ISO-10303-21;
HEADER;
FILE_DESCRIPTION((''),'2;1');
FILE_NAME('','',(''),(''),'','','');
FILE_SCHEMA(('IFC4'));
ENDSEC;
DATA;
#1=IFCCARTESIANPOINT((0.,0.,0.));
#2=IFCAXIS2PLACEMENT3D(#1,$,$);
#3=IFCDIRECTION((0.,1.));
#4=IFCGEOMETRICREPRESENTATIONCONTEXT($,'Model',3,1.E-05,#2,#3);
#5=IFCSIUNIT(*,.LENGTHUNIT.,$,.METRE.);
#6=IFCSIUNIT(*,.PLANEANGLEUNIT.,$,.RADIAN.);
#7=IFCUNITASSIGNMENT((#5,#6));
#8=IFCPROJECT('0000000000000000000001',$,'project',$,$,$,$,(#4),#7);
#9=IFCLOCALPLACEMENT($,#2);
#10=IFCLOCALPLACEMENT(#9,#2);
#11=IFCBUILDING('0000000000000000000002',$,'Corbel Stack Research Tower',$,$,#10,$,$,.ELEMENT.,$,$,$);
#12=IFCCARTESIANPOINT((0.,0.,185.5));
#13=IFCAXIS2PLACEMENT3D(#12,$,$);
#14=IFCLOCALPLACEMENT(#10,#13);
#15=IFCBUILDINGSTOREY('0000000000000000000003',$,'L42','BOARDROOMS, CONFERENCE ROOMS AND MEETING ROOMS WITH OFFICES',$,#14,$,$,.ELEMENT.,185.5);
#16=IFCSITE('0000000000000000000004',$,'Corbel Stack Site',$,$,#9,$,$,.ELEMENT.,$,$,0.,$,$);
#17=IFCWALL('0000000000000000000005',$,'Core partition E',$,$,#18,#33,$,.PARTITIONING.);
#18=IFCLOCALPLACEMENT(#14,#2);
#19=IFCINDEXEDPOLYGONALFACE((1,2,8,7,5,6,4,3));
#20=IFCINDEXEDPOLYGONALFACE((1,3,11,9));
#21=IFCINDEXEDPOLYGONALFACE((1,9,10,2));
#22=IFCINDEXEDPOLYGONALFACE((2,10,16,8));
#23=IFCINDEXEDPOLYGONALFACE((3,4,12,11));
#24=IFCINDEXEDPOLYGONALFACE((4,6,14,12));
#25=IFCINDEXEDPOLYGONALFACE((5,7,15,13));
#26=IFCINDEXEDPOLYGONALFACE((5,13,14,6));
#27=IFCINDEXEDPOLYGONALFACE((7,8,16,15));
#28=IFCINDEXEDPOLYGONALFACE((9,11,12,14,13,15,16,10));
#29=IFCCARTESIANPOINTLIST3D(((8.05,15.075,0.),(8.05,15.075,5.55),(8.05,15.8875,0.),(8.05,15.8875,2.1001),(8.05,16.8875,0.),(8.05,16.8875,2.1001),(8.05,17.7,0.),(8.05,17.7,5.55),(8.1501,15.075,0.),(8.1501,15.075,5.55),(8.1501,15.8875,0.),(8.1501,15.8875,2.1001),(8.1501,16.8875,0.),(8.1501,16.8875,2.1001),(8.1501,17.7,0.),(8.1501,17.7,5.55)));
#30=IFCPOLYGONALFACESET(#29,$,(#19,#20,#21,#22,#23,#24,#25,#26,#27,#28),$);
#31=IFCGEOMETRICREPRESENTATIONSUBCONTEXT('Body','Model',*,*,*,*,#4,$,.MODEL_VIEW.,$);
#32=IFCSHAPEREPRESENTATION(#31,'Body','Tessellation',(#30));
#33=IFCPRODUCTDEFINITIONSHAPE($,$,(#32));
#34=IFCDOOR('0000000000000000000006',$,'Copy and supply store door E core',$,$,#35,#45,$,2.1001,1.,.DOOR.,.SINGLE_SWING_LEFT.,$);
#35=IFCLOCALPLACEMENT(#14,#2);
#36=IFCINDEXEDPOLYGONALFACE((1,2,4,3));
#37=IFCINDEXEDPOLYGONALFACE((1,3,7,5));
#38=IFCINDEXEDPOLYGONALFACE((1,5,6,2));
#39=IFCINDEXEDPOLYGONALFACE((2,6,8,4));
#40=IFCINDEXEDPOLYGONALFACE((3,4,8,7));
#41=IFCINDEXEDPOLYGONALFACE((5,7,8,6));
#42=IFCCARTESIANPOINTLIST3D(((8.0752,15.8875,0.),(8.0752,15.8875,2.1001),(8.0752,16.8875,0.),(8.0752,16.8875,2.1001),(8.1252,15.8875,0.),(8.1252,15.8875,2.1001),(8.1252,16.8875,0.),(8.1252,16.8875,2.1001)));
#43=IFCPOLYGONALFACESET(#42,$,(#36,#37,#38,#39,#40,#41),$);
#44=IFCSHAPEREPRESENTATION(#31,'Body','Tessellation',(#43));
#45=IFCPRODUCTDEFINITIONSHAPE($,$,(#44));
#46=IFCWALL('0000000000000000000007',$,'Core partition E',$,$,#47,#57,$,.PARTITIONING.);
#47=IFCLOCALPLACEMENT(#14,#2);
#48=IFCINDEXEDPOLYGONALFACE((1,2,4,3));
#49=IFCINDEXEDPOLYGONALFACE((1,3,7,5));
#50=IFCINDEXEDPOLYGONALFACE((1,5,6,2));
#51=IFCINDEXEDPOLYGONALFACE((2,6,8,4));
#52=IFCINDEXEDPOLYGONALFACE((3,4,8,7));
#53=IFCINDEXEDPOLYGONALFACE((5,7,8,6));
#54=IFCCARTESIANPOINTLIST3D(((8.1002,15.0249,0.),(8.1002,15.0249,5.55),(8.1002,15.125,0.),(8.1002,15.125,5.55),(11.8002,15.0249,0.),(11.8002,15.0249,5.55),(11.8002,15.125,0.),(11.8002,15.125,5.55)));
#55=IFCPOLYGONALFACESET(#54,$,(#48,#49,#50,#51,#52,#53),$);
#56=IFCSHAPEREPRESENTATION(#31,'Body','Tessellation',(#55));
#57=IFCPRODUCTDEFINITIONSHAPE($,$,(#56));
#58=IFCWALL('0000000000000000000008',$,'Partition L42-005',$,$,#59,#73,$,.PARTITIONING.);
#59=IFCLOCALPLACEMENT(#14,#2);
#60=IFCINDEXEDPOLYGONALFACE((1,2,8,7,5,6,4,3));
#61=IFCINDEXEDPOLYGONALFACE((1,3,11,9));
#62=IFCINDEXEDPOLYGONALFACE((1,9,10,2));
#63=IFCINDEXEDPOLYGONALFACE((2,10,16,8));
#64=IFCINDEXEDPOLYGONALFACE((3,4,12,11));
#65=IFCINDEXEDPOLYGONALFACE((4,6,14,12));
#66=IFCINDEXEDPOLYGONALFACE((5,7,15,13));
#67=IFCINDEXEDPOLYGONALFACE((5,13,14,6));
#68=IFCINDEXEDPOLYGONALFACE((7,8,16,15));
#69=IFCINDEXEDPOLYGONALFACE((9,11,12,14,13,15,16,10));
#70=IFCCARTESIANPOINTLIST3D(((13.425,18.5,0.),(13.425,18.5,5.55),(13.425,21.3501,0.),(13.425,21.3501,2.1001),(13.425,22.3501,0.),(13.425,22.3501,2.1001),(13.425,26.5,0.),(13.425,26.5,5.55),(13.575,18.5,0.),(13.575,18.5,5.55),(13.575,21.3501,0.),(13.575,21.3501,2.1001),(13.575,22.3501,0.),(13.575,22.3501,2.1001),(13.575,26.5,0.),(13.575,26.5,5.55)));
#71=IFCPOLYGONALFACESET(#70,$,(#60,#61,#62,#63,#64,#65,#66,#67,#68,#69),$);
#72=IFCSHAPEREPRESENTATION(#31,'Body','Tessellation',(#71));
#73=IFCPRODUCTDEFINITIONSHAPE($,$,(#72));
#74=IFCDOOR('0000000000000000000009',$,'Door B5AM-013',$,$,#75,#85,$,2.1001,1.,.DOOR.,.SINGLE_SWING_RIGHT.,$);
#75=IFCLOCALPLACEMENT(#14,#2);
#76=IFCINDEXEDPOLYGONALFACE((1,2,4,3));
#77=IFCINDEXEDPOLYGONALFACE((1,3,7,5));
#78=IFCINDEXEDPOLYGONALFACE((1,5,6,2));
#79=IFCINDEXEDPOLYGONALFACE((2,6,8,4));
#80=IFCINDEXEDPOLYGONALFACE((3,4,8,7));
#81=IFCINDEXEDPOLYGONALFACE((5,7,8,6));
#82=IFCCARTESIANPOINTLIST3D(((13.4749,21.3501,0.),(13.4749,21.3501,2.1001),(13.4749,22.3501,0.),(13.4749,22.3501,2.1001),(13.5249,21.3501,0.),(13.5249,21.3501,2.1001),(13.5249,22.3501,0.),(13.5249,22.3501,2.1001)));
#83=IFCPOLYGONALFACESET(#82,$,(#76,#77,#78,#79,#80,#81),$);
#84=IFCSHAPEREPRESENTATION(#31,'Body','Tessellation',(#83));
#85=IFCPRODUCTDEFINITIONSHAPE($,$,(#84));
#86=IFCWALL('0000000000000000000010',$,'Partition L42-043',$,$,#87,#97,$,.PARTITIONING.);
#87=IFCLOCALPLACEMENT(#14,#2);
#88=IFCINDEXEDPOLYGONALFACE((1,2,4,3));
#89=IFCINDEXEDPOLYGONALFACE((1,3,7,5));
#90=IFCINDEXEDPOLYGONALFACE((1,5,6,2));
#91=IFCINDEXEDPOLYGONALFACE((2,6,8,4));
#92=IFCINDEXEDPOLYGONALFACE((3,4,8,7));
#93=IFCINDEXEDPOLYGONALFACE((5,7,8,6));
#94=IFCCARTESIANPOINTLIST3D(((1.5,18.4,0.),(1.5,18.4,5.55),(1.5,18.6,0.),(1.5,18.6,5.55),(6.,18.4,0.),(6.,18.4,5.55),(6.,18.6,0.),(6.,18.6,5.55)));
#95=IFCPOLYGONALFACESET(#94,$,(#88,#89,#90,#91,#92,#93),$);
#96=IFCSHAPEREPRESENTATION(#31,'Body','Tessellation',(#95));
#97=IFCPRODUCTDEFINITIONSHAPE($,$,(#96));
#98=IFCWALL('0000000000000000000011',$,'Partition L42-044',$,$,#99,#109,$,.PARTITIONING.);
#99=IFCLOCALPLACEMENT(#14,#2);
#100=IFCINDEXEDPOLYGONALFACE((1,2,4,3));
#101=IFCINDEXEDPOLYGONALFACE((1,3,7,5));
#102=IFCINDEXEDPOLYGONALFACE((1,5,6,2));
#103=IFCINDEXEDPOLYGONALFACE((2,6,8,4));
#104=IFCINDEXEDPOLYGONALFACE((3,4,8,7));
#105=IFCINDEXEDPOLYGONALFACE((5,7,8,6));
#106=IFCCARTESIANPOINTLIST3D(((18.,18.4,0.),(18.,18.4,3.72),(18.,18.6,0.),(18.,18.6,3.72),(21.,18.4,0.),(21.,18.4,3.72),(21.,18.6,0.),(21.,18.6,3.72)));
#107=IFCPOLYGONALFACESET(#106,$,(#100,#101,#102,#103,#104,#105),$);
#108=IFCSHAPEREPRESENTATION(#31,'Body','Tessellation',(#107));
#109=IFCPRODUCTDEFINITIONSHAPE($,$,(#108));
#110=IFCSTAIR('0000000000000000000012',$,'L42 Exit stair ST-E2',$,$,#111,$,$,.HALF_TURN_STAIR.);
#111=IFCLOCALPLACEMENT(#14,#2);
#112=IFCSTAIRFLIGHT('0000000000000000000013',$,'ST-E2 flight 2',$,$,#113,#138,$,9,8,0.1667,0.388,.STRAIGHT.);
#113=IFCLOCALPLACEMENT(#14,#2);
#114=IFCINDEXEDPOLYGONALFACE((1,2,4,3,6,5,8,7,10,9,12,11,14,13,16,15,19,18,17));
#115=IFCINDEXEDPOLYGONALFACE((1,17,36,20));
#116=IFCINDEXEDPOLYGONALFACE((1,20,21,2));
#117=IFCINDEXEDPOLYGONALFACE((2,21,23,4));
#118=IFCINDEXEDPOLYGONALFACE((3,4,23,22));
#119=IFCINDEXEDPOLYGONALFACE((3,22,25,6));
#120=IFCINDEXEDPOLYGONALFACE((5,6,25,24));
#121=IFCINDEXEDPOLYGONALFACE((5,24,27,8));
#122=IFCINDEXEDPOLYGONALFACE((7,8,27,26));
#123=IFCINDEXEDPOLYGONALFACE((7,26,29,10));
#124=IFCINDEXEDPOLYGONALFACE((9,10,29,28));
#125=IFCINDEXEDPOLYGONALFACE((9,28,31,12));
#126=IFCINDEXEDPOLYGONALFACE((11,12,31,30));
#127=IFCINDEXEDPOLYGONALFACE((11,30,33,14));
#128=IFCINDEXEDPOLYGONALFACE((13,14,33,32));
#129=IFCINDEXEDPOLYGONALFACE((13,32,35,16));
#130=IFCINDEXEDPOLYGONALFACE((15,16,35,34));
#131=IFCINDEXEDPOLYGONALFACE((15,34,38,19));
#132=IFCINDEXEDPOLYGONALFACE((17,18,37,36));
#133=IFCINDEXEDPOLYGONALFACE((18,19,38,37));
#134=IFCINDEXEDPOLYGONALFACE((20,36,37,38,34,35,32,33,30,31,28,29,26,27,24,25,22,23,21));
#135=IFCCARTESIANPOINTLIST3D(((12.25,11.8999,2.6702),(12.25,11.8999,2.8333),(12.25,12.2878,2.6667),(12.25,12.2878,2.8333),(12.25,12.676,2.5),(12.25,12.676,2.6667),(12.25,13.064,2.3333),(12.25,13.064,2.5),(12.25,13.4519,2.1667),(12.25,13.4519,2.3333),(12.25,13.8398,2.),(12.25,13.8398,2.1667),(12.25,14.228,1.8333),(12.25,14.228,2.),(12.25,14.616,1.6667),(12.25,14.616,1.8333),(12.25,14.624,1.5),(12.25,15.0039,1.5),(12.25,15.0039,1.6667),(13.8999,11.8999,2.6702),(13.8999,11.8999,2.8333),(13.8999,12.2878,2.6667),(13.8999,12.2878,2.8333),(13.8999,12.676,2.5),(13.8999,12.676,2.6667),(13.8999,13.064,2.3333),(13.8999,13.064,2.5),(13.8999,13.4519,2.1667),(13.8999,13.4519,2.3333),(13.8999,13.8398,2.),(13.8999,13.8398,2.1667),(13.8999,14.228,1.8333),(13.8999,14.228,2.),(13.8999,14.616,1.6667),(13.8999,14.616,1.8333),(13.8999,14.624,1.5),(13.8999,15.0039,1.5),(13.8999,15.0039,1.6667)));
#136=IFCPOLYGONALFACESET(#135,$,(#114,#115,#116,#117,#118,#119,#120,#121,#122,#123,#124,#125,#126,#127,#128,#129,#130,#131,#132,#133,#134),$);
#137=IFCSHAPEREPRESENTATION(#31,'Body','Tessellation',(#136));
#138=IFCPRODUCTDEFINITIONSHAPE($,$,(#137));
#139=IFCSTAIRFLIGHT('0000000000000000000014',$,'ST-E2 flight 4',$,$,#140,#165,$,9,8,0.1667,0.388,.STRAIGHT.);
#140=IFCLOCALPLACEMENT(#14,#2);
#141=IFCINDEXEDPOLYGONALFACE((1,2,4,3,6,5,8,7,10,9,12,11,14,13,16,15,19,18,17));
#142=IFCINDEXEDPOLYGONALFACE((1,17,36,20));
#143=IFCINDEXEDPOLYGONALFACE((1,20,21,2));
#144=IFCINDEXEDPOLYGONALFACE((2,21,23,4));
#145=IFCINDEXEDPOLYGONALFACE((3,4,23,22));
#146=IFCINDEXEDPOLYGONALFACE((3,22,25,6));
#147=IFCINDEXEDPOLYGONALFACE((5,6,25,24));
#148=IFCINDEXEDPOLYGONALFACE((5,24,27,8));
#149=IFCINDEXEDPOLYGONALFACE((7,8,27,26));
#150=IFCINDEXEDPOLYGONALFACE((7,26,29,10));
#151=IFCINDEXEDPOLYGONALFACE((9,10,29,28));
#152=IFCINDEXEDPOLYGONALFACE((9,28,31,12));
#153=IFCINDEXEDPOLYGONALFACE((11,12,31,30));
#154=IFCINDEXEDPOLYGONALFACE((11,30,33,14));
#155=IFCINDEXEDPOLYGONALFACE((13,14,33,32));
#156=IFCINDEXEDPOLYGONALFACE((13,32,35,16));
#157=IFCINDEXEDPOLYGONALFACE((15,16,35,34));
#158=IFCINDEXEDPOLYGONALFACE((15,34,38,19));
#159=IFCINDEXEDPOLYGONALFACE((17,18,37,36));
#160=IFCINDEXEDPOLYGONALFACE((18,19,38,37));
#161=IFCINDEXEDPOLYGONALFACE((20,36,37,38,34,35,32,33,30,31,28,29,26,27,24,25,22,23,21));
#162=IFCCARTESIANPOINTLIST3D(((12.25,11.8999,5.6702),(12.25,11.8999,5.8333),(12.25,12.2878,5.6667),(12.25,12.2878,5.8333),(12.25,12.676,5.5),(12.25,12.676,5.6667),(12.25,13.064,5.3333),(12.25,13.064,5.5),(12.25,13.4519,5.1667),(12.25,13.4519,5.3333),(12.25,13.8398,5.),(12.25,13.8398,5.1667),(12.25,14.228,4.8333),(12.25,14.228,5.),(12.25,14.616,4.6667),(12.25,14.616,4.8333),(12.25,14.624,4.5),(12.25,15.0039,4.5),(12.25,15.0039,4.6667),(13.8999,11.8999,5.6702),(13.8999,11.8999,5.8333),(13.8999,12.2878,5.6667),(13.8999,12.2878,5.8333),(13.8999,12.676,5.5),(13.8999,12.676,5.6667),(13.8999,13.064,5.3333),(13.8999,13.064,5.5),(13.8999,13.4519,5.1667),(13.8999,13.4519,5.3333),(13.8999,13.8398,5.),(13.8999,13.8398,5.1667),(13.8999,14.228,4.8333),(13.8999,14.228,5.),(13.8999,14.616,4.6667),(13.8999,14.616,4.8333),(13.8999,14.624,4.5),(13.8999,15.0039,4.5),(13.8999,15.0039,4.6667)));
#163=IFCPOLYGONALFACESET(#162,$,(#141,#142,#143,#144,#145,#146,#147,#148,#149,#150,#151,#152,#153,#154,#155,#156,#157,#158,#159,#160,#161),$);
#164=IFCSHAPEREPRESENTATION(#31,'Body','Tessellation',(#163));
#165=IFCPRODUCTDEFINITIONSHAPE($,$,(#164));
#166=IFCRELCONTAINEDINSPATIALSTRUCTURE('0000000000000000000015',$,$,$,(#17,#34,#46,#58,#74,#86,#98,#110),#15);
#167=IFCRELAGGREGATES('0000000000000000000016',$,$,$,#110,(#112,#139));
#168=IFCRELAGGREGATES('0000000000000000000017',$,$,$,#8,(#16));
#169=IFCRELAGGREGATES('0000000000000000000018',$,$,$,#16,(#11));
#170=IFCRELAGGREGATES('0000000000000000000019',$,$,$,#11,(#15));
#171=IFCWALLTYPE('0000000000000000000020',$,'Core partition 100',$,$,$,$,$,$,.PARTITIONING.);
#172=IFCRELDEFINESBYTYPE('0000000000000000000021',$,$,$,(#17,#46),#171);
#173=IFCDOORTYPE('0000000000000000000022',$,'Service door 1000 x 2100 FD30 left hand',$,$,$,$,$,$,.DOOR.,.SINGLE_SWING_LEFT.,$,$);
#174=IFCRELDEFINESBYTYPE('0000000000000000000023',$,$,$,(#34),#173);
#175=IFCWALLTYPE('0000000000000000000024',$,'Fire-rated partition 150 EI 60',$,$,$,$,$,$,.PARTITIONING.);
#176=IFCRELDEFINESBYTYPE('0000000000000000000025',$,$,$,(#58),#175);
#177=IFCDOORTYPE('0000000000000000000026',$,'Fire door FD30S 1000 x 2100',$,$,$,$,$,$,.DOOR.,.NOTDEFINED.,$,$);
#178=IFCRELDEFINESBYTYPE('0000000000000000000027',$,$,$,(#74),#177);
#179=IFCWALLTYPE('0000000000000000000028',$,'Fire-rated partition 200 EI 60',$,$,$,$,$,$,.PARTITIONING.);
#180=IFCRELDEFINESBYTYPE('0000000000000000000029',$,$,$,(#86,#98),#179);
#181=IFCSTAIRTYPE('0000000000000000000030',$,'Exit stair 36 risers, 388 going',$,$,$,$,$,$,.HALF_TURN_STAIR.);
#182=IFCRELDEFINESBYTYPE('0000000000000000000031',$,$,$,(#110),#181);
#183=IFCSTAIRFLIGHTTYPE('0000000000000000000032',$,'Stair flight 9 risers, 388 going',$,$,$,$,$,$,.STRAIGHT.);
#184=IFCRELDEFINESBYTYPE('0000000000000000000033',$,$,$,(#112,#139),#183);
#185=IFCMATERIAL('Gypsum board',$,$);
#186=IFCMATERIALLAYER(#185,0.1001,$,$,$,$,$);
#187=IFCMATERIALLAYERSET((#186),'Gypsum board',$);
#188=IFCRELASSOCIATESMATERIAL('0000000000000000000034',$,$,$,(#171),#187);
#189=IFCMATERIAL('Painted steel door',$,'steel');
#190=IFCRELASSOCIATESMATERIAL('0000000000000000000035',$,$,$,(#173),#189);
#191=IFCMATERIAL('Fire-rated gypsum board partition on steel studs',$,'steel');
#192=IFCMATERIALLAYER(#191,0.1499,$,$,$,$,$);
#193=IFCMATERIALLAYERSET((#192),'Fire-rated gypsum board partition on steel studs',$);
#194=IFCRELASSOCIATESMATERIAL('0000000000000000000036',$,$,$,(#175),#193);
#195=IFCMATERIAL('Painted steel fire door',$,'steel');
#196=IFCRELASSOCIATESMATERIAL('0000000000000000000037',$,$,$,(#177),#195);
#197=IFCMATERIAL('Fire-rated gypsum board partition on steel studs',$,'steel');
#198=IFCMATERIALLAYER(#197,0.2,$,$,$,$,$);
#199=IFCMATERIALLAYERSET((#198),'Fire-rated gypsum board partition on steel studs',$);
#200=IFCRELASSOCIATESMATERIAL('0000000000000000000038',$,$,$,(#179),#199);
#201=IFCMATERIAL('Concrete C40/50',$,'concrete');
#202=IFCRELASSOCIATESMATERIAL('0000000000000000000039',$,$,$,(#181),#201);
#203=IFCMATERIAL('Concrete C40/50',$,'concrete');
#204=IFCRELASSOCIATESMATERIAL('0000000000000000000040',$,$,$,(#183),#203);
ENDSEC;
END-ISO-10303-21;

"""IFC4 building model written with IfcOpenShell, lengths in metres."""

from ifc_helpers import new_model, si_unit, direction, frame, frame_2d, origin, place, context, subcontext, project, spatial, polyline, rectangle, outline, extrude, material, layer, layer_set, type_object, element, fill, aggregate, save


model = new_model("IFC4")

# Units and contexts
model_context = context("Model", 3, precision=1e-05, world=origin(), true_north=direction((0.0, 1.0)))
body_context = subcontext(model_context, "Body", "Model", "MODEL_VIEW")
ifc_project = project(units=[si_unit("LENGTHUNIT", "METRE"), si_unit("PLANEANGLEUNIT", "RADIAN")], contexts=[model_context])

# Site, building, storey
site_placement = place(None, origin())
site = spatial("IfcSite", under=ifc_project, at=site_placement, Name="Corbel Stack Site", CompositionType="ELEMENT", RefElevation=0.0)
building_placement = place(site_placement, origin())
building = spatial("IfcBuilding", under=site, at=building_placement, Name="Corbel Stack Research Tower", CompositionType="ELEMENT")
storey_placement = place(building_placement, frame((0.0, 0.0, 185.5)))
storey = spatial("IfcBuildingStorey", under=building, at=storey_placement, Name="L42", Description="BOARDROOMS, CONFERENCE ROOMS AND MEETING ROOMS WITH OFFICES", CompositionType="ELEMENT", Elevation=185.5)

# Shared definitions
ifc_material_1 = material(Name="Gypsum board")
ifc_layer_1 = layer(ifc_material_1, 0.1001)
ifc_layer_set_1 = layer_set([ifc_layer_1], Name="Gypsum board")
wall_type_1 = type_object("IfcWallType", Name="Core partition 100", PredefinedType="PARTITIONING", material=ifc_layer_set_1)

# Wall, opening, door
wall_1_placement = place(storey_placement, frame((8.1001, 15.075, 0.0), z_axis=(0.0, 0.0, 1.0), x_axis=(0.0, 1.0, 0.0)))
wall_1 = element("IfcWall", 1, at=wall_1_placement, inside=storey, type_object=wall_type_1, Name="Core partition E", PredefinedType="PARTITIONING", context=body_context, shape_type="SweptSolid", body=[
    extrude(rectangle(XDim=2.625, YDim=0.1001, at=frame_2d((1.3125, 0.0))), origin(), (0.0, 0.0, 1.0), 5.55),
])
opening_1_placement = place(wall_1_placement, frame((0.8125, 0.0, 0.0)))
opening_1 = element("IfcOpeningElement", 2, at=opening_1_placement, cuts=wall_1, PredefinedType="OPENING", context=body_context, shape_type="SweptSolid", body=[
    extrude(rectangle(XDim=1.0, YDim=2.1001, at=frame_2d((0.5, 1.05))), frame((0.0, 0.0601, 0.0), z_axis=(0.0, -1.0, 0.0), x_axis=(1.0, 0.0, 0.0)), (0.0, 0.0, 1.0), 0.1201),
])
ifc_material_2 = material(Name="Painted steel door", Category="steel")
door_type_1 = type_object("IfcDoorType", Name="Service door 1000 x 2100 FD30 left hand", OperationType="SINGLE_SWING_LEFT", PredefinedType="DOOR", material=ifc_material_2)
door_1_placement = place(opening_1_placement, origin())
door_1 = element("IfcDoor", 3, at=door_1_placement, inside=storey, type_object=door_type_1, Name="Copy and supply store door E core", OperationType="SINGLE_SWING_LEFT", OverallHeight=2.1001, OverallWidth=1.0, PredefinedType="DOOR", context=body_context, shape_type="SweptSolid", body=[
    extrude(rectangle(XDim=1.0, YDim=2.1001, at=frame_2d((0.5, 1.05))), frame((0.0, 0.0249, 0.0), z_axis=(0.0, -1.0, 0.0), x_axis=(1.0, 0.0, 0.0)), (0.0, 0.0, 1.0), 0.05),
])
fill(opening_1, door_1)

# Wall
wall_2_placement = place(storey_placement, frame((8.1001, 15.075, 0.0), z_axis=(0.0, 0.0, 1.0), x_axis=(1.0, 0.0, 0.0)))
element("IfcWall", 4, at=wall_2_placement, inside=storey, type_object=wall_type_1, Name="Core partition E", PredefinedType="PARTITIONING", context=body_context, shape_type="SweptSolid", body=[
    extrude(rectangle(XDim=3.7, YDim=0.1001, at=frame_2d((1.8501, 0.0))), origin(), (0.0, 0.0, 1.0), 5.55),
])

# Wall, opening, door
ifc_material_3 = material(Name="Fire-rated gypsum board partition on steel studs", Category="steel")
ifc_layer_2 = layer(ifc_material_3, 0.1499)
ifc_layer_set_2 = layer_set([ifc_layer_2], Name="Fire-rated gypsum board partition on steel studs")
wall_type_2 = type_object("IfcWallType", Name="Fire-rated partition 150 EI 60", PredefinedType="PARTITIONING", material=ifc_layer_set_2)
wall_3_placement = place(storey_placement, frame((13.5, 26.5, 0.0), z_axis=(0.0, 0.0, 1.0), x_axis=(0.0, -1.0, 0.0)))
wall_3 = element("IfcWall", 5, at=wall_3_placement, inside=storey, type_object=wall_type_2, Name="Partition L42-005", PredefinedType="PARTITIONING", context=body_context, shape_type="SweptSolid", body=[
    extrude(rectangle(XDim=8.0, YDim=0.1499, at=frame_2d((4.0, 0.0))), origin(), (0.0, 0.0, 1.0), 5.55),
])
opening_2_placement = place(wall_3_placement, frame((4.1499, 0.0, 0.0)))
opening_2 = element("IfcOpeningElement", 6, at=opening_2_placement, cuts=wall_3, PredefinedType="OPENING", context=body_context, shape_type="SweptSolid", body=[
    extrude(rectangle(XDim=1.0, YDim=2.1001, at=frame_2d((0.5, 1.05))), frame((0.0, 0.085, 0.0), z_axis=(0.0, -1.0, 0.0), x_axis=(1.0, 0.0, 0.0)), (0.0, 0.0, 1.0), 0.1699),
])
ifc_material_4 = material(Name="Painted steel fire door", Category="steel")
door_type_2 = type_object("IfcDoorType", Name="Fire door FD30S 1000 x 2100", OperationType="NOTDEFINED", PredefinedType="DOOR", material=ifc_material_4)
door_2_placement = place(opening_2_placement, origin())
door_2 = element("IfcDoor", 7, at=door_2_placement, inside=storey, type_object=door_type_2, Name="Door B5AM-013", OperationType="SINGLE_SWING_RIGHT", OverallHeight=2.1001, OverallWidth=1.0, PredefinedType="DOOR", context=body_context, shape_type="SweptSolid", body=[
    extrude(rectangle(XDim=1.0, YDim=2.1001, at=frame_2d((0.5, 1.05))), frame((0.0, 0.0249, 0.0), z_axis=(0.0, -1.0, 0.0), x_axis=(1.0, 0.0, 0.0)), (0.0, 0.0, 1.0), 0.05),
])
fill(opening_2, door_2)

# Walls
ifc_material_5 = material(Name="Fire-rated gypsum board partition on steel studs", Category="steel")
ifc_layer_3 = layer(ifc_material_5, 0.2)
ifc_layer_set_3 = layer_set([ifc_layer_3], Name="Fire-rated gypsum board partition on steel studs")
wall_type_3 = type_object("IfcWallType", Name="Fire-rated partition 200 EI 60", PredefinedType="PARTITIONING", material=ifc_layer_set_3)
wall_4_placement = place(storey_placement, frame((1.5, 18.5, 0.0), z_axis=(0.0, 0.0, 1.0), x_axis=(1.0, 0.0, 0.0)))
element("IfcWall", 8, at=wall_4_placement, inside=storey, type_object=wall_type_3, Name="Partition L42-043", PredefinedType="PARTITIONING", context=body_context, shape_type="SweptSolid", body=[
    extrude(rectangle(XDim=4.5, YDim=0.2, at=frame_2d((2.25, 0.0))), origin(), (0.0, 0.0, 1.0), 5.55),
])
wall_5_placement = place(storey_placement, frame((18.0, 18.5, 0.0), z_axis=(0.0, 0.0, 1.0), x_axis=(1.0, 0.0, 0.0)))
element("IfcWall", 9, at=wall_5_placement, inside=storey, type_object=wall_type_3, Name="Partition L42-044", PredefinedType="PARTITIONING", context=body_context, shape_type="SweptSolid", body=[
    extrude(rectangle(XDim=3.0, YDim=0.2, at=frame_2d((1.5, 0.0))), origin(), (0.0, 0.0, 1.0), 3.72),
])

# Stair, stair flights
ifc_material_6 = material(Name="Concrete C40/50", Category="concrete")
stair_type = type_object("IfcStairType", Name="Exit stair 36 risers, 388 going", PredefinedType="HALF_TURN_STAIR", material=ifc_material_6)
stair_placement = place(storey_placement, origin())
stair = element("IfcStair", 10, at=stair_placement, inside=storey, type_object=stair_type, Name="L42 Exit stair ST-E2", PredefinedType="HALF_TURN_STAIR")
ifc_material_7 = material(Name="Concrete C40/50", Category="concrete")
stair_flight_type = type_object("IfcStairFlightType", Name="Stair flight 9 risers, 388 going", PredefinedType="STRAIGHT", material=ifc_material_7)
stair_flight_1_placement = place(storey_placement, frame((13.075, 15.0039, 1.5), z_axis=(0.0, 0.0, 1.0), x_axis=(0.0, -1.0, 0.0)))
stair_flight_1 = element("IfcStairFlight", 11, at=stair_flight_1_placement, type_object=stair_flight_type, Name="ST-E2 flight 2", NumberOfRisers=9, NumberOfTreads=8, PredefinedType="STRAIGHT", RiserHeight=0.1667, TreadLength=0.388, context=body_context, shape_type="SweptSolid", body=[
    extrude(outline(polyline([(0.0, 0.0), (0.0, 0.1667), (0.3879, 0.1667), (0.3879, 0.3333), (0.7759, 0.3333), (0.7759, 0.5), (1.1641, 0.5), (1.1641, 0.6667), (1.552, 0.6667), (1.552, 0.8333), (1.9399, 0.8333), (1.9399, 1.0), (2.3279, 1.0), (2.3279, 1.1667), (2.7161, 1.1667), (2.7161, 1.3333), (3.104, 1.3333), (3.104, 1.5), (3.104, 1.1702), (0.3799, 0.0), (0.0, 0.0)])), frame((0.0, 0.825, 0.0), z_axis=(0.0, -1.0, 0.0), x_axis=(1.0, 0.0, 0.0)), (0.0, 0.0, 1.0), 1.6499),
])
stair_flight_2_placement = place(storey_placement, frame((13.075, 15.0039, 4.5), z_axis=(0.0, 0.0, 1.0), x_axis=(0.0, -1.0, 0.0)))
stair_flight_2 = element("IfcStairFlight", 12, at=stair_flight_2_placement, type_object=stair_flight_type, Name="ST-E2 flight 4", NumberOfRisers=9, NumberOfTreads=8, PredefinedType="STRAIGHT", RiserHeight=0.1667, TreadLength=0.388, context=body_context, shape_type="SweptSolid", body=[
    extrude(outline(polyline([(0.0, 0.0), (0.0, 0.1667), (0.3879, 0.1667), (0.3879, 0.3333), (0.7759, 0.3333), (0.7759, 0.5), (1.1641, 0.5), (1.1641, 0.6667), (1.552, 0.6667), (1.552, 0.8333), (1.9399, 0.8333), (1.9399, 1.0), (2.3279, 1.0), (2.3279, 1.1667), (2.7161, 1.1667), (2.7161, 1.3333), (3.104, 1.3333), (3.104, 1.5), (3.104, 1.1702), (0.3799, 0.0), (0.0, 0.0)])), frame((0.0, 0.825, 0.0), z_axis=(0.0, -1.0, 0.0), x_axis=(1.0, 0.0, 0.0)), (0.0, 0.0, 1.0), 1.6499),
])
aggregate(stair, [stair_flight_1, stair_flight_2])

save(model, "model.ifc")
